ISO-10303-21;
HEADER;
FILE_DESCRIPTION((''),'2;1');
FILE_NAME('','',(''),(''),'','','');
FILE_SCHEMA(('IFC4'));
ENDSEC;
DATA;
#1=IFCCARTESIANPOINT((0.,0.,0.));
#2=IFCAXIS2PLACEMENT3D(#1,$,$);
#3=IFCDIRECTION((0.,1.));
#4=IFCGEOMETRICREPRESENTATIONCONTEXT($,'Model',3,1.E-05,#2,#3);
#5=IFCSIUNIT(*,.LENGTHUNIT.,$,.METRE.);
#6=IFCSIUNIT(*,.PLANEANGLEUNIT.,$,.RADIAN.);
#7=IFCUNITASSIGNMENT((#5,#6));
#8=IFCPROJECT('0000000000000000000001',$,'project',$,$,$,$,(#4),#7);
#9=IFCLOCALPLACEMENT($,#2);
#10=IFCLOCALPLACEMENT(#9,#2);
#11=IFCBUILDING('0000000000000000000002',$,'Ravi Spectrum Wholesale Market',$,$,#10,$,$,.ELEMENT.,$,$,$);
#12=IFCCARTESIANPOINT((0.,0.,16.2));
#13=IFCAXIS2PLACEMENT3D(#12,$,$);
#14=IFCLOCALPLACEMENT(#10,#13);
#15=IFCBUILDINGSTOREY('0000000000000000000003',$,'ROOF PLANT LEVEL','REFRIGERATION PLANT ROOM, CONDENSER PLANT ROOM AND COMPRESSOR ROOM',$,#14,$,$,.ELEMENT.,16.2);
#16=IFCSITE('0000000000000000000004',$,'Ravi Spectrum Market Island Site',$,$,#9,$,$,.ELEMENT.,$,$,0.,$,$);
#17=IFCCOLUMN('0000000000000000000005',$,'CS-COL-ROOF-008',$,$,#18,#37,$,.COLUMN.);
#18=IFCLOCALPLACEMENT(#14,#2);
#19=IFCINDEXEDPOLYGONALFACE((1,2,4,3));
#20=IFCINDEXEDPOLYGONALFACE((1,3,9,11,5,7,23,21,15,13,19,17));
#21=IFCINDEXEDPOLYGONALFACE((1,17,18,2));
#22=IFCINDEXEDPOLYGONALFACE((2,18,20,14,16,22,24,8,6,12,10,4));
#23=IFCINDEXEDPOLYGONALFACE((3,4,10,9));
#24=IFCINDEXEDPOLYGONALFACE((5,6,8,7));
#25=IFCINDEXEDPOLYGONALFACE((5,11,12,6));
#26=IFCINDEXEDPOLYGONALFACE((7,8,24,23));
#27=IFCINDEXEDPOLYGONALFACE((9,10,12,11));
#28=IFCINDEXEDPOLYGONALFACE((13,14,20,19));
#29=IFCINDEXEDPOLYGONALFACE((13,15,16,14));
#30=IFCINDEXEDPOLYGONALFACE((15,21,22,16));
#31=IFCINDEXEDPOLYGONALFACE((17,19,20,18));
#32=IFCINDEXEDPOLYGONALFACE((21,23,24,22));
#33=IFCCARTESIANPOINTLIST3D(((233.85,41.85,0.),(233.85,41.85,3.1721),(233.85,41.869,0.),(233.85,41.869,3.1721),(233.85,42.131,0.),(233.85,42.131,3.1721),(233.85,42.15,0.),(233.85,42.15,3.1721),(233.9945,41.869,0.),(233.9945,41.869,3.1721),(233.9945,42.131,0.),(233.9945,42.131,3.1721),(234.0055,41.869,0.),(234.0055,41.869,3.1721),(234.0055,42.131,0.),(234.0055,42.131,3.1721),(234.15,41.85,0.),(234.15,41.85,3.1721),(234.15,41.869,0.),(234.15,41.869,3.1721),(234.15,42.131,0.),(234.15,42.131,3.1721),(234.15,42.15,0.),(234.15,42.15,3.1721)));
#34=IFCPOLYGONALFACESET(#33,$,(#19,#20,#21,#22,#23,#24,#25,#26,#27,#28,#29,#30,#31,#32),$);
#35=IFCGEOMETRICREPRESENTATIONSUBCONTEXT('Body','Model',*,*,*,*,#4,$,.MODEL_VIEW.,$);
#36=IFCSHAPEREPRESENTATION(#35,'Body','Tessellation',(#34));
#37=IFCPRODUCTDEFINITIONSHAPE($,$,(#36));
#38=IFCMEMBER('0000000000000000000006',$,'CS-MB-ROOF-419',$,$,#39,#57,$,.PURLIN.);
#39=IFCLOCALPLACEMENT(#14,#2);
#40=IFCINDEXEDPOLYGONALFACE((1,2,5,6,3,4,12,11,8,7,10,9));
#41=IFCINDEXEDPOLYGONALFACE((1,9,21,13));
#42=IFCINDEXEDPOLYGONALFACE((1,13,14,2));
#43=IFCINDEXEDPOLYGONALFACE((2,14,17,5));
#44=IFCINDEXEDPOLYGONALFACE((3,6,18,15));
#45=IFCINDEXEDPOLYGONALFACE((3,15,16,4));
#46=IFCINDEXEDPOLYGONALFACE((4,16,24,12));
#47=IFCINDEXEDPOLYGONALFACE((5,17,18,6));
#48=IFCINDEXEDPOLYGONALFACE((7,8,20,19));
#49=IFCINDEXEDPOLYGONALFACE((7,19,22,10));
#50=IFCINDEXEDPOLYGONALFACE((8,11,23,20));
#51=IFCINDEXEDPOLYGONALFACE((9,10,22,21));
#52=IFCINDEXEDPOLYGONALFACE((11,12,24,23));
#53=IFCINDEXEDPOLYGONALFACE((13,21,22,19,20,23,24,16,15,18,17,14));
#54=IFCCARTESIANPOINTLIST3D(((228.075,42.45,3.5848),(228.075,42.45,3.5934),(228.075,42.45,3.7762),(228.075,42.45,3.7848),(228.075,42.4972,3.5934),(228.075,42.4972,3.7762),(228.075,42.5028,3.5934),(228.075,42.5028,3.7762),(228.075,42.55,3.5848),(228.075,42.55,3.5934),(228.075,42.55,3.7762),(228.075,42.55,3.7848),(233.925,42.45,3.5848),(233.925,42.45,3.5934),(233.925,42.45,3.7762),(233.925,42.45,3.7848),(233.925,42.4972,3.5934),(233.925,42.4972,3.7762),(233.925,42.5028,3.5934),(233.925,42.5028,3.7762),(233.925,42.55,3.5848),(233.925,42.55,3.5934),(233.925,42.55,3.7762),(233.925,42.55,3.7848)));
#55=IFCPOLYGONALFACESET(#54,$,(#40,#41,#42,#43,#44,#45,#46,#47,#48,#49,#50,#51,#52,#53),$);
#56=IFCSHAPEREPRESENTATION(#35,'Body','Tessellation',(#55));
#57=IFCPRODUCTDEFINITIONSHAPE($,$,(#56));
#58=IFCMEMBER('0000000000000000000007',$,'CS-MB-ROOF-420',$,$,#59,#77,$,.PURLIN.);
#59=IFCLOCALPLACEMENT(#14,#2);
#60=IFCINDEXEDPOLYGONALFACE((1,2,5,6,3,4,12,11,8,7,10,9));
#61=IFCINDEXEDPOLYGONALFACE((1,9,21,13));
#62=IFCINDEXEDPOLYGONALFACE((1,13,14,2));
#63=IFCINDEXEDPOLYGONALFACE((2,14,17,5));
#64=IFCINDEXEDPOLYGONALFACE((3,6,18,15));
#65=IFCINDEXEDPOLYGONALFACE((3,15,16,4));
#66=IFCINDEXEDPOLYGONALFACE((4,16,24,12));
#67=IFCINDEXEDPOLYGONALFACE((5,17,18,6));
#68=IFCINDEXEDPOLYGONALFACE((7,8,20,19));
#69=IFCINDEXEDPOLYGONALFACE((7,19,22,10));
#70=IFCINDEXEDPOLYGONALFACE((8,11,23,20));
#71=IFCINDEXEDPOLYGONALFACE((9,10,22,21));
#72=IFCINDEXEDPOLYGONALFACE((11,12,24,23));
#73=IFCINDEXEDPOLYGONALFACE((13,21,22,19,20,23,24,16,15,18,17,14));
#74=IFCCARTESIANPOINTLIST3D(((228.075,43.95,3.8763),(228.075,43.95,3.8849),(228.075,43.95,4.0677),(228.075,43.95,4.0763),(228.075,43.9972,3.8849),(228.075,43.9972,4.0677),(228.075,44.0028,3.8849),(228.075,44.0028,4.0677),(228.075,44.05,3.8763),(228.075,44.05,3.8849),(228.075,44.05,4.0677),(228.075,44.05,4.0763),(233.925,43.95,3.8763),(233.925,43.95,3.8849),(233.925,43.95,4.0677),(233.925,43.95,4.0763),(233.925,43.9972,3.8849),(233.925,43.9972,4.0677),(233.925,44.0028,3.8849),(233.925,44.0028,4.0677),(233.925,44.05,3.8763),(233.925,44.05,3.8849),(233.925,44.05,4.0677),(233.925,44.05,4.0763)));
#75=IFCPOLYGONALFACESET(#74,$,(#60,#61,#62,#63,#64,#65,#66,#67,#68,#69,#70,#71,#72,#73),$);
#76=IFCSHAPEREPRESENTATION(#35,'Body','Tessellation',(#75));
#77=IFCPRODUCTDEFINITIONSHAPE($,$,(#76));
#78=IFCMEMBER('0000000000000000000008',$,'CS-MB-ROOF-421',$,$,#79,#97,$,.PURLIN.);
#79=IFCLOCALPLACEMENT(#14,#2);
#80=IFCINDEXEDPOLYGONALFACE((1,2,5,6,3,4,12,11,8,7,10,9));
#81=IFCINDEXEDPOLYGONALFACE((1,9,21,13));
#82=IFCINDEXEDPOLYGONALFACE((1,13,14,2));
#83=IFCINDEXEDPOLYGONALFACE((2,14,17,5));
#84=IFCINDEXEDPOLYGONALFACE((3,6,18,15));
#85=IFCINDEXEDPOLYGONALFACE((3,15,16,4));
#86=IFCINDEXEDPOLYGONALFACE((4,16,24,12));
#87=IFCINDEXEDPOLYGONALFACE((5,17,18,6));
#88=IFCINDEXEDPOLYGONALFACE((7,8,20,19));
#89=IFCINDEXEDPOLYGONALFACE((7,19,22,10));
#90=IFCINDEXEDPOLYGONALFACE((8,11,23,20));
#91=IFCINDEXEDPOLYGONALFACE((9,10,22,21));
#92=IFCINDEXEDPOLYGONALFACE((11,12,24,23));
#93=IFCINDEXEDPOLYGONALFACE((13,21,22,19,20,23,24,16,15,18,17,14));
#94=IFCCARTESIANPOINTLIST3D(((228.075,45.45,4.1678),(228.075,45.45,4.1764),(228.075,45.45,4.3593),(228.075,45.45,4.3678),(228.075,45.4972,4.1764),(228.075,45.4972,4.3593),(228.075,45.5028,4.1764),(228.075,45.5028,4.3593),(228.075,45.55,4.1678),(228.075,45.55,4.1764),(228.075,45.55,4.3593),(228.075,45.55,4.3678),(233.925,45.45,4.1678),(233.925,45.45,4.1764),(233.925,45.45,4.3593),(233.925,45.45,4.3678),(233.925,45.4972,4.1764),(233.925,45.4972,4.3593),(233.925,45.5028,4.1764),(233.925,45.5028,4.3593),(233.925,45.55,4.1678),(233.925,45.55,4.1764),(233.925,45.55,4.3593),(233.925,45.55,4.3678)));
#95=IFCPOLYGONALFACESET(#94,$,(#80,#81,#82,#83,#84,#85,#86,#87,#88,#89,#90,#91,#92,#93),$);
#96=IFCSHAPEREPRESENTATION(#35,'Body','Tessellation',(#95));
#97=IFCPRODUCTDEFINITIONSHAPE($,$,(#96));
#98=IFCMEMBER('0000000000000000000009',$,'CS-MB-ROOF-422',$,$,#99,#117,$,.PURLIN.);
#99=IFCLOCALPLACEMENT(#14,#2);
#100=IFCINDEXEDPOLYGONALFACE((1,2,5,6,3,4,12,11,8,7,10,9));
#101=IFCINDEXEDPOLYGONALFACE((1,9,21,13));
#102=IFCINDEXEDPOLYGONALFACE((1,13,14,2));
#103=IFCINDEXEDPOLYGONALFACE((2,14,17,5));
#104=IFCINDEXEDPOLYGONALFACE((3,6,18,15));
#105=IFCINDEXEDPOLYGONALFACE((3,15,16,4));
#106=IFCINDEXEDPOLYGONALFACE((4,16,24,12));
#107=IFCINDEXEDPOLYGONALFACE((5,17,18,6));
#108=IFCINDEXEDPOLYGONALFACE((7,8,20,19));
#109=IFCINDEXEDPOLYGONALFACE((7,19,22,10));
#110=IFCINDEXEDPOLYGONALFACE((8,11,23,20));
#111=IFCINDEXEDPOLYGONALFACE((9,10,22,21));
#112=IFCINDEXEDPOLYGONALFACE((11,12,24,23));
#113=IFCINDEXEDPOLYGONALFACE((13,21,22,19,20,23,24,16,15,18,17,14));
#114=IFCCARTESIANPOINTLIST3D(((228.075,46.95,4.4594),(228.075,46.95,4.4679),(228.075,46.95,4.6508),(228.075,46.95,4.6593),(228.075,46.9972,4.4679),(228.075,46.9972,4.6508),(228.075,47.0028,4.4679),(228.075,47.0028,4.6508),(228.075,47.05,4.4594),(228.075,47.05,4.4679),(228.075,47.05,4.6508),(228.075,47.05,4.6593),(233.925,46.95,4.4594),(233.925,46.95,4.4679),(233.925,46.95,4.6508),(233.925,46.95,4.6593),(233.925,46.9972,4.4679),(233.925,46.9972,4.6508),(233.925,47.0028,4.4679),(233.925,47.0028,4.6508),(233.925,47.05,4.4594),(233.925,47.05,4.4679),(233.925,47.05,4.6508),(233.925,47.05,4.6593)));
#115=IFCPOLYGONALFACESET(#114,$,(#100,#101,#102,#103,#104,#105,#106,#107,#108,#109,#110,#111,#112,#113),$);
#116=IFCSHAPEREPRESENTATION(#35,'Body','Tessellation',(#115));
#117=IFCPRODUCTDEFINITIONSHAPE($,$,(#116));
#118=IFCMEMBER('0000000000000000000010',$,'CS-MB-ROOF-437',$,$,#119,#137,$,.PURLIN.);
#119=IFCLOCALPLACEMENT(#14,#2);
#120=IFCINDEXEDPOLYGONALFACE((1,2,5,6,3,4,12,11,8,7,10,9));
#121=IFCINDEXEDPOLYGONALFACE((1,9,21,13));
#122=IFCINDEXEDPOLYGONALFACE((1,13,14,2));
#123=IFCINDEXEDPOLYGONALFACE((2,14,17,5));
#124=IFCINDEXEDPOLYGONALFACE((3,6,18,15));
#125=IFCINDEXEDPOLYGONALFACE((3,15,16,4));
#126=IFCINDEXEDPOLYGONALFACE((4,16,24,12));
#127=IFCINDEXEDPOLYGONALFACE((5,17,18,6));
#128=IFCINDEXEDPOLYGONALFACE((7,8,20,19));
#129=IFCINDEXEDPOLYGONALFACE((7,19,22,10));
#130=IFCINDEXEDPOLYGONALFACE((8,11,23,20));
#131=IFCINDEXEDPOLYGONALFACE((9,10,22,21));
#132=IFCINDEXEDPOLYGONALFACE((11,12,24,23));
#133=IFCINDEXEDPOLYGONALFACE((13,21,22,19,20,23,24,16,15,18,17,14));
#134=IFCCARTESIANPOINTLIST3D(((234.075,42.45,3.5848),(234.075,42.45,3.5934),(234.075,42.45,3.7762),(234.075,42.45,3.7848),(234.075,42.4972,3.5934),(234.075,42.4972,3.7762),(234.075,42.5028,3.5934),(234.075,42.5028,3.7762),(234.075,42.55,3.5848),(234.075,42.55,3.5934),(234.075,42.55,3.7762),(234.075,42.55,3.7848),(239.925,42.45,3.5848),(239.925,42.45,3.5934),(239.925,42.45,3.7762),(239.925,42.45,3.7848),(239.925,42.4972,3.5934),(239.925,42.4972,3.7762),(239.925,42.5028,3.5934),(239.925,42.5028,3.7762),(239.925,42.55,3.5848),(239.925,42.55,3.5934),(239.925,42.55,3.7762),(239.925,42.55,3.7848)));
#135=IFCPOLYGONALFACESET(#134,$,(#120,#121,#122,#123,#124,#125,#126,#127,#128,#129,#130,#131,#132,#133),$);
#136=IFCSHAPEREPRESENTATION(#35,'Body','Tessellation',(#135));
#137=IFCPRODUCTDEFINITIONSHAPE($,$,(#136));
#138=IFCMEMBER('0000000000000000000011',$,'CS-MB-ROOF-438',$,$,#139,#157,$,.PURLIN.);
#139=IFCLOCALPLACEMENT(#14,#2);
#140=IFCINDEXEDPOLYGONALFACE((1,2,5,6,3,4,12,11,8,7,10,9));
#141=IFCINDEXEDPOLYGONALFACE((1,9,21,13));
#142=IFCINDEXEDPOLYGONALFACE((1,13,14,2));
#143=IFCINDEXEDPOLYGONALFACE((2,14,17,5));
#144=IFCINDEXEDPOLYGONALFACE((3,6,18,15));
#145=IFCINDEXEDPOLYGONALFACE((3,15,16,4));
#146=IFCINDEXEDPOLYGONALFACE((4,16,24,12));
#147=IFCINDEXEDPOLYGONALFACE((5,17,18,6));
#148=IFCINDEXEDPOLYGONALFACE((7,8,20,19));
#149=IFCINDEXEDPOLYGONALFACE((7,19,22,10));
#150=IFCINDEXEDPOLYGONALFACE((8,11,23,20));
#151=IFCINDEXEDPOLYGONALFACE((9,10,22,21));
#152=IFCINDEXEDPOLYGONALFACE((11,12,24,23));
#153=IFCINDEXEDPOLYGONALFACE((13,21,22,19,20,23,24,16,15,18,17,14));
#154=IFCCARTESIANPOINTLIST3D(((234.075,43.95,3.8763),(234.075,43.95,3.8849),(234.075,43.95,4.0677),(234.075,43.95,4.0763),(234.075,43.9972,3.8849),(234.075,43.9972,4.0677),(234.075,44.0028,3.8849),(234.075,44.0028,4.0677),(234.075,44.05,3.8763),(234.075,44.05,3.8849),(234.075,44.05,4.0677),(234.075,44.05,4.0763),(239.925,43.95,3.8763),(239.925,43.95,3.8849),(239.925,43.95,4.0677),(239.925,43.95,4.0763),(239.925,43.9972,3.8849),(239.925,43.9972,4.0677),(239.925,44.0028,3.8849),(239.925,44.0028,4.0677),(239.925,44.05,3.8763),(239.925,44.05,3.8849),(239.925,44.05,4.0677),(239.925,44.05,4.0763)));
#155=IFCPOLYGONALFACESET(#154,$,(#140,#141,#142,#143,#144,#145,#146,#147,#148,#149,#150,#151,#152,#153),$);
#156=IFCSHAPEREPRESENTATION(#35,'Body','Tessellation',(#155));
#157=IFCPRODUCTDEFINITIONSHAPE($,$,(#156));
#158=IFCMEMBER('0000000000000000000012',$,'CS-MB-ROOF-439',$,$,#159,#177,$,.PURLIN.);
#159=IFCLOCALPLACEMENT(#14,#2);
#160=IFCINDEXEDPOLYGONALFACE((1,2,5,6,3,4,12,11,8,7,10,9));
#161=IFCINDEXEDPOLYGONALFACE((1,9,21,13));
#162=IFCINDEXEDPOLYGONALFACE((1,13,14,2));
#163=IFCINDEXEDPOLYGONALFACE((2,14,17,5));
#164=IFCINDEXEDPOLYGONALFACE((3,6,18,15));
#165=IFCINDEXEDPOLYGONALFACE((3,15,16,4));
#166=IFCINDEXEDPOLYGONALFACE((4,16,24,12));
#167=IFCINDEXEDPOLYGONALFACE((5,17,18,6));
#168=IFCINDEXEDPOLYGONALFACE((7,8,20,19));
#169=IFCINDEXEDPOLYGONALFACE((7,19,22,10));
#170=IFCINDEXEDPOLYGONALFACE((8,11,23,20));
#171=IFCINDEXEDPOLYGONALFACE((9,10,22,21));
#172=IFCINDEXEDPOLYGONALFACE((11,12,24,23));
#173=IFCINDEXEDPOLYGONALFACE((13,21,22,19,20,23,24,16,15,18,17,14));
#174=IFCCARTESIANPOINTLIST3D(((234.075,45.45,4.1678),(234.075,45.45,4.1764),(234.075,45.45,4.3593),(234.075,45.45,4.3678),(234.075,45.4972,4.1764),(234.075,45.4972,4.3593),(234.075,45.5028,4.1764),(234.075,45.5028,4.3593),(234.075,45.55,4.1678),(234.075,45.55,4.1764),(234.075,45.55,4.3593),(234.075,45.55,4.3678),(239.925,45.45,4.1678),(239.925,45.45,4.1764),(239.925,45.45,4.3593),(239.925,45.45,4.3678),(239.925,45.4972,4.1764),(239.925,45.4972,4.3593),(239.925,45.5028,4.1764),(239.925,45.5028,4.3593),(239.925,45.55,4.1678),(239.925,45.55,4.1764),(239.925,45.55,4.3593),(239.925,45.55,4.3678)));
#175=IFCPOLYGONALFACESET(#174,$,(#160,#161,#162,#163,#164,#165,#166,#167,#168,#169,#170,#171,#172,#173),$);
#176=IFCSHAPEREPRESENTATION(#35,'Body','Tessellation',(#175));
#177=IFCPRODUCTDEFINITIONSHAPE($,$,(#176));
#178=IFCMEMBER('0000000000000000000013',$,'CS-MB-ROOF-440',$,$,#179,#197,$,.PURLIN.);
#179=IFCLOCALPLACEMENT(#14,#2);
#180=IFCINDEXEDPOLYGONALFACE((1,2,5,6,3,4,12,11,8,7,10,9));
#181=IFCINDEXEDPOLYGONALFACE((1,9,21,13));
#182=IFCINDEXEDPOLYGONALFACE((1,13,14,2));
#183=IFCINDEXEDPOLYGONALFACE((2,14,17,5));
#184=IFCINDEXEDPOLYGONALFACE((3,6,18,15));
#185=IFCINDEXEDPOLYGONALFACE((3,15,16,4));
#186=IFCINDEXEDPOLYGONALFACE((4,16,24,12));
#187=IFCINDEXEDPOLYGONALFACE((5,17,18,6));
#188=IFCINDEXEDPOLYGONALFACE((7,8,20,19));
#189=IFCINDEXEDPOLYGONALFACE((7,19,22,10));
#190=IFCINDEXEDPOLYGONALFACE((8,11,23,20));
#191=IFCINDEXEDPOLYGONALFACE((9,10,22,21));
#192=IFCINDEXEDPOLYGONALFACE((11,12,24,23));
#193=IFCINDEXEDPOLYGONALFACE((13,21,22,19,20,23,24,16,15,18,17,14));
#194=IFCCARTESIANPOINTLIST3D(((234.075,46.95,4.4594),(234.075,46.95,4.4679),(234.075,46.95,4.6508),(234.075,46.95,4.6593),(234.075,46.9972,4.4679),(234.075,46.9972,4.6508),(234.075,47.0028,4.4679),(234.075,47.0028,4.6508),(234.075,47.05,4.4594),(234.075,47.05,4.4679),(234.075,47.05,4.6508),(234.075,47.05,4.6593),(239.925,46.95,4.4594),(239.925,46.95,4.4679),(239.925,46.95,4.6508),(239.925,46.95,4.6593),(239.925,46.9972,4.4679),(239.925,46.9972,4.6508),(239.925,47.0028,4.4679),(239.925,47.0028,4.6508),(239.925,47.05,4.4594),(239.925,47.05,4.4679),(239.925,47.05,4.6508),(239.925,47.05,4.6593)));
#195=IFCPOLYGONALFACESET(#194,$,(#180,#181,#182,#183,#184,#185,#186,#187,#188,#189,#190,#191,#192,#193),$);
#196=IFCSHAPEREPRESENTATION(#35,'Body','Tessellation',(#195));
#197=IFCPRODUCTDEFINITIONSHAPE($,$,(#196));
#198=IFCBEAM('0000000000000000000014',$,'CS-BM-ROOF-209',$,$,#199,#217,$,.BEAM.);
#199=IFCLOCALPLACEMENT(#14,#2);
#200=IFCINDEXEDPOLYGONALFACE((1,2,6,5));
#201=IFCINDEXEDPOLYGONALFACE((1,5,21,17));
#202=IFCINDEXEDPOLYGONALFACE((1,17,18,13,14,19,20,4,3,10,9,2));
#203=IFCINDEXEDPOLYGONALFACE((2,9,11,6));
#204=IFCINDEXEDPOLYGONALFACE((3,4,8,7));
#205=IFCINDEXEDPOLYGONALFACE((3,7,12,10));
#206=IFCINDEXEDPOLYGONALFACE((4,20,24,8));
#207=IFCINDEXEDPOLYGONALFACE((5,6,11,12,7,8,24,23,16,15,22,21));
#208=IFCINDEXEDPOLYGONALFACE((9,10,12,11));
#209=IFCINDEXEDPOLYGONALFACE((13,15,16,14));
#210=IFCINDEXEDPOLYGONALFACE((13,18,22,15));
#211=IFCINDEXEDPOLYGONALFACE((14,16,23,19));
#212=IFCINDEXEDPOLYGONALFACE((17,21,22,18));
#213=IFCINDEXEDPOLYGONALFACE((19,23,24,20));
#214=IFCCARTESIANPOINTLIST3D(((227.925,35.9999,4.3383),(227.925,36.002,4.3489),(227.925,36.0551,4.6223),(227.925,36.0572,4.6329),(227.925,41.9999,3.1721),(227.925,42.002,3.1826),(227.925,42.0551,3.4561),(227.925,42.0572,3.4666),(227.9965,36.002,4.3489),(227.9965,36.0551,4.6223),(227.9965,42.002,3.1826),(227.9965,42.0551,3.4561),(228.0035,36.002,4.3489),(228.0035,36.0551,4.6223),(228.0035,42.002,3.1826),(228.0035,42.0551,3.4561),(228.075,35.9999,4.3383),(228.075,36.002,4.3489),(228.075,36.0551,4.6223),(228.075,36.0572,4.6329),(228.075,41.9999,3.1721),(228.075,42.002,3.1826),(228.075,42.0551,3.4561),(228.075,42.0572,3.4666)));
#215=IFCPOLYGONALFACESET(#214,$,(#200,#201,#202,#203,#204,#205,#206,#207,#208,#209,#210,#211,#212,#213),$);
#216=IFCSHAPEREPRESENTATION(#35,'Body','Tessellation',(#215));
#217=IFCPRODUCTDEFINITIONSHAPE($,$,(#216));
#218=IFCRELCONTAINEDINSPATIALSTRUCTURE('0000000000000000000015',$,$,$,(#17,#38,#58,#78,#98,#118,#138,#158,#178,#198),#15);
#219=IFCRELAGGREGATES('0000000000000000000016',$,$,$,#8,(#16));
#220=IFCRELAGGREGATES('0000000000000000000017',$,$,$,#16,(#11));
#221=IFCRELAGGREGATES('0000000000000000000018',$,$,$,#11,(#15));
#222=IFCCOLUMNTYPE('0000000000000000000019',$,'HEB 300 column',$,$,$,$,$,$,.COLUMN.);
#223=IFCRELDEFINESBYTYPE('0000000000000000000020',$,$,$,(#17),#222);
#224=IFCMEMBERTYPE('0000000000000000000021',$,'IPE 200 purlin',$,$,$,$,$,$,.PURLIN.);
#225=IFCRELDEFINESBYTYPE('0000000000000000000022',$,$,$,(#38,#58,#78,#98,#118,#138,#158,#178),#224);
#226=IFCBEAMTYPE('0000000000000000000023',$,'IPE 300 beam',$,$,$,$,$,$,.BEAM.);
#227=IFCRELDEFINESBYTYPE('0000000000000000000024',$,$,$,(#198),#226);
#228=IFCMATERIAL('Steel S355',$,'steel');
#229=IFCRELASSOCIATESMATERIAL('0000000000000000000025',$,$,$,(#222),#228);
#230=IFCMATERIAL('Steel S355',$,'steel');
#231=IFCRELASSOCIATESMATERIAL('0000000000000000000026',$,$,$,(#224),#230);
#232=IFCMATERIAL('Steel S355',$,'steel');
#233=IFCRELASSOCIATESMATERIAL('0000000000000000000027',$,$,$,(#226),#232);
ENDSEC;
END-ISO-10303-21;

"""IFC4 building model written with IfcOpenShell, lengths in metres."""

from ifc_helpers import new_model, si_unit, direction, frame, origin, origin_2d, place, context, subcontext, project, spatial, i_section, extrude, material, material_profile, profile_set, type_object, element, save


model = new_model("IFC4")

# Units and contexts
model_context = context("Model", 3, precision=1e-05, world=origin(), true_north=direction((0.0, 1.0)))
body_context = subcontext(model_context, "Body", "Model", "MODEL_VIEW")
ifc_project = project(units=[si_unit("LENGTHUNIT", "METRE"), si_unit("PLANEANGLEUNIT", "RADIAN")], contexts=[model_context])

# Site, building, storey
site_placement = place(None, origin())
site = spatial("IfcSite", under=ifc_project, at=site_placement, Name="Ravi Spectrum Market Island Site", CompositionType="ELEMENT", RefElevation=0.0)
building_placement = place(site_placement, origin())
building = spatial("IfcBuilding", under=site, at=building_placement, Name="Ravi Spectrum Wholesale Market", CompositionType="ELEMENT")
storey_placement = place(building_placement, frame((0.0, 0.0, 16.2)))
storey = spatial("IfcBuildingStorey", under=building, at=storey_placement, Name="ROOF PLANT LEVEL", Description="REFRIGERATION PLANT ROOM, CONDENSER PLANT ROOM AND COMPRESSOR ROOM", CompositionType="ELEMENT", Elevation=16.2)

# Column
ifc_material_1 = material(Name="Steel S355", Category="steel")
ifc_material_profile_1 = material_profile(ifc_material_1, i_section(OverallWidth=0.3, OverallDepth=0.3, WebThickness=0.011, FlangeThickness=0.019, at=origin_2d()))
ifc_profile_set_1 = profile_set([ifc_material_profile_1], Name="Steel S355")
column_type = type_object("IfcColumnType", Name="HEB 300 column", PredefinedType="COLUMN", material=ifc_profile_set_1)
column_placement = place(storey_placement, frame((234.0, 42.0, 0.0), z_axis=(0.0, 0.0, 1.0), x_axis=(1.0, 0.0, 0.0)))
element("IfcColumn", 1, at=column_placement, inside=storey, type_object=column_type, Name="CS-COL-ROOF-008", PredefinedType="COLUMN", context=body_context, shape_type="SweptSolid", body=[
    extrude(i_section(OverallWidth=0.3, OverallDepth=0.3, WebThickness=0.011, FlangeThickness=0.019, at=origin_2d()), origin(), (0.0, 0.0, 1.0), 3.1721),
])

# Members
ifc_material_2 = material(Name="Steel S355", Category="steel")
ifc_material_profile_2 = material_profile(ifc_material_2, i_section(OverallWidth=0.1001, OverallDepth=0.2, WebThickness=0.0056, FlangeThickness=0.0085, at=origin_2d()))
ifc_profile_set_2 = profile_set([ifc_material_profile_2], Name="Steel S355")
member_type = type_object("IfcMemberType", Name="IPE 200 purlin", PredefinedType="PURLIN", material=ifc_profile_set_2)
for number, where, z_axis, x_axis, name in (
    (2, (228.075, 42.5, 3.6848), (1.0, 0.0, 0.0), (0.0, 1.0, 0.0), "CS-MB-ROOF-419"),
    (3, (228.075, 44.0, 3.9763), (1.0, 0.0, 0.0), (0.0, 1.0, 0.0), "CS-MB-ROOF-420"),
    (4, (228.075, 45.5, 4.2678), (1.0, 0.0, 0.0), (0.0, 1.0, 0.0), "CS-MB-ROOF-421"),
    (5, (228.075, 47.0, 4.5593), (1.0, 0.0, 0.0), (0.0, 1.0, 0.0), "CS-MB-ROOF-422"),
    (6, (234.075, 42.5, 3.6848), (1.0, 0.0, 0.0), (0.0, 1.0, 0.0), "CS-MB-ROOF-437"),
    (7, (234.075, 44.0, 3.9763), (1.0, 0.0, 0.0), (0.0, 1.0, 0.0), "CS-MB-ROOF-438"),
    (8, (234.075, 45.5, 4.2678), (1.0, 0.0, 0.0), (0.0, 1.0, 0.0), "CS-MB-ROOF-439"),
    (9, (234.075, 47.0, 4.5593), (1.0, 0.0, 0.0), (0.0, 1.0, 0.0), "CS-MB-ROOF-440"),
):
    element("IfcMember", number, at=place(storey_placement, frame(where, z_axis=z_axis, x_axis=x_axis)), inside=storey, type_object=member_type, Name=name, PredefinedType="PURLIN", context=body_context, shape_type="SweptSolid", body=[
        extrude(i_section(OverallWidth=0.1001, OverallDepth=0.2, WebThickness=0.0056, FlangeThickness=0.0085, at=origin_2d()), origin(), (0.0, 0.0, 1.0), 5.8501),
    ])

# Beam
ifc_material_3 = material(Name="Steel S355", Category="steel")
ifc_material_profile_3 = material_profile(ifc_material_3, i_section(OverallWidth=0.1499, OverallDepth=0.3, WebThickness=0.0071, FlangeThickness=0.0107, at=origin_2d()))
ifc_profile_set_3 = profile_set([ifc_material_profile_3], Name="Steel S355")
beam_type_1 = type_object("IfcBeamType", Name="IPE 300 beam", PredefinedType="BEAM", material=ifc_profile_set_3)
for number, where, z_axis, x_axis, name in (
    (10, (228.0, 42.0286, 3.3193), (0.0, -0.981628, 0.190806), (1.0, 0.0, 0.0), "CS-BM-ROOF-209"),
):
    element("IfcBeam", number, at=place(storey_placement, frame(where, z_axis=z_axis, x_axis=x_axis)), inside=storey, type_object=beam_type_1, Name=name, PredefinedType="BEAM", context=body_context, shape_type="SweptSolid", body=[
        extrude(i_section(OverallWidth=0.1499, OverallDepth=0.3, WebThickness=0.0071, FlangeThickness=0.0107, at=origin_2d()), origin(), (0.0, 0.0, 1.0), 6.1123),
    ])

save(model, "model.ifc")
